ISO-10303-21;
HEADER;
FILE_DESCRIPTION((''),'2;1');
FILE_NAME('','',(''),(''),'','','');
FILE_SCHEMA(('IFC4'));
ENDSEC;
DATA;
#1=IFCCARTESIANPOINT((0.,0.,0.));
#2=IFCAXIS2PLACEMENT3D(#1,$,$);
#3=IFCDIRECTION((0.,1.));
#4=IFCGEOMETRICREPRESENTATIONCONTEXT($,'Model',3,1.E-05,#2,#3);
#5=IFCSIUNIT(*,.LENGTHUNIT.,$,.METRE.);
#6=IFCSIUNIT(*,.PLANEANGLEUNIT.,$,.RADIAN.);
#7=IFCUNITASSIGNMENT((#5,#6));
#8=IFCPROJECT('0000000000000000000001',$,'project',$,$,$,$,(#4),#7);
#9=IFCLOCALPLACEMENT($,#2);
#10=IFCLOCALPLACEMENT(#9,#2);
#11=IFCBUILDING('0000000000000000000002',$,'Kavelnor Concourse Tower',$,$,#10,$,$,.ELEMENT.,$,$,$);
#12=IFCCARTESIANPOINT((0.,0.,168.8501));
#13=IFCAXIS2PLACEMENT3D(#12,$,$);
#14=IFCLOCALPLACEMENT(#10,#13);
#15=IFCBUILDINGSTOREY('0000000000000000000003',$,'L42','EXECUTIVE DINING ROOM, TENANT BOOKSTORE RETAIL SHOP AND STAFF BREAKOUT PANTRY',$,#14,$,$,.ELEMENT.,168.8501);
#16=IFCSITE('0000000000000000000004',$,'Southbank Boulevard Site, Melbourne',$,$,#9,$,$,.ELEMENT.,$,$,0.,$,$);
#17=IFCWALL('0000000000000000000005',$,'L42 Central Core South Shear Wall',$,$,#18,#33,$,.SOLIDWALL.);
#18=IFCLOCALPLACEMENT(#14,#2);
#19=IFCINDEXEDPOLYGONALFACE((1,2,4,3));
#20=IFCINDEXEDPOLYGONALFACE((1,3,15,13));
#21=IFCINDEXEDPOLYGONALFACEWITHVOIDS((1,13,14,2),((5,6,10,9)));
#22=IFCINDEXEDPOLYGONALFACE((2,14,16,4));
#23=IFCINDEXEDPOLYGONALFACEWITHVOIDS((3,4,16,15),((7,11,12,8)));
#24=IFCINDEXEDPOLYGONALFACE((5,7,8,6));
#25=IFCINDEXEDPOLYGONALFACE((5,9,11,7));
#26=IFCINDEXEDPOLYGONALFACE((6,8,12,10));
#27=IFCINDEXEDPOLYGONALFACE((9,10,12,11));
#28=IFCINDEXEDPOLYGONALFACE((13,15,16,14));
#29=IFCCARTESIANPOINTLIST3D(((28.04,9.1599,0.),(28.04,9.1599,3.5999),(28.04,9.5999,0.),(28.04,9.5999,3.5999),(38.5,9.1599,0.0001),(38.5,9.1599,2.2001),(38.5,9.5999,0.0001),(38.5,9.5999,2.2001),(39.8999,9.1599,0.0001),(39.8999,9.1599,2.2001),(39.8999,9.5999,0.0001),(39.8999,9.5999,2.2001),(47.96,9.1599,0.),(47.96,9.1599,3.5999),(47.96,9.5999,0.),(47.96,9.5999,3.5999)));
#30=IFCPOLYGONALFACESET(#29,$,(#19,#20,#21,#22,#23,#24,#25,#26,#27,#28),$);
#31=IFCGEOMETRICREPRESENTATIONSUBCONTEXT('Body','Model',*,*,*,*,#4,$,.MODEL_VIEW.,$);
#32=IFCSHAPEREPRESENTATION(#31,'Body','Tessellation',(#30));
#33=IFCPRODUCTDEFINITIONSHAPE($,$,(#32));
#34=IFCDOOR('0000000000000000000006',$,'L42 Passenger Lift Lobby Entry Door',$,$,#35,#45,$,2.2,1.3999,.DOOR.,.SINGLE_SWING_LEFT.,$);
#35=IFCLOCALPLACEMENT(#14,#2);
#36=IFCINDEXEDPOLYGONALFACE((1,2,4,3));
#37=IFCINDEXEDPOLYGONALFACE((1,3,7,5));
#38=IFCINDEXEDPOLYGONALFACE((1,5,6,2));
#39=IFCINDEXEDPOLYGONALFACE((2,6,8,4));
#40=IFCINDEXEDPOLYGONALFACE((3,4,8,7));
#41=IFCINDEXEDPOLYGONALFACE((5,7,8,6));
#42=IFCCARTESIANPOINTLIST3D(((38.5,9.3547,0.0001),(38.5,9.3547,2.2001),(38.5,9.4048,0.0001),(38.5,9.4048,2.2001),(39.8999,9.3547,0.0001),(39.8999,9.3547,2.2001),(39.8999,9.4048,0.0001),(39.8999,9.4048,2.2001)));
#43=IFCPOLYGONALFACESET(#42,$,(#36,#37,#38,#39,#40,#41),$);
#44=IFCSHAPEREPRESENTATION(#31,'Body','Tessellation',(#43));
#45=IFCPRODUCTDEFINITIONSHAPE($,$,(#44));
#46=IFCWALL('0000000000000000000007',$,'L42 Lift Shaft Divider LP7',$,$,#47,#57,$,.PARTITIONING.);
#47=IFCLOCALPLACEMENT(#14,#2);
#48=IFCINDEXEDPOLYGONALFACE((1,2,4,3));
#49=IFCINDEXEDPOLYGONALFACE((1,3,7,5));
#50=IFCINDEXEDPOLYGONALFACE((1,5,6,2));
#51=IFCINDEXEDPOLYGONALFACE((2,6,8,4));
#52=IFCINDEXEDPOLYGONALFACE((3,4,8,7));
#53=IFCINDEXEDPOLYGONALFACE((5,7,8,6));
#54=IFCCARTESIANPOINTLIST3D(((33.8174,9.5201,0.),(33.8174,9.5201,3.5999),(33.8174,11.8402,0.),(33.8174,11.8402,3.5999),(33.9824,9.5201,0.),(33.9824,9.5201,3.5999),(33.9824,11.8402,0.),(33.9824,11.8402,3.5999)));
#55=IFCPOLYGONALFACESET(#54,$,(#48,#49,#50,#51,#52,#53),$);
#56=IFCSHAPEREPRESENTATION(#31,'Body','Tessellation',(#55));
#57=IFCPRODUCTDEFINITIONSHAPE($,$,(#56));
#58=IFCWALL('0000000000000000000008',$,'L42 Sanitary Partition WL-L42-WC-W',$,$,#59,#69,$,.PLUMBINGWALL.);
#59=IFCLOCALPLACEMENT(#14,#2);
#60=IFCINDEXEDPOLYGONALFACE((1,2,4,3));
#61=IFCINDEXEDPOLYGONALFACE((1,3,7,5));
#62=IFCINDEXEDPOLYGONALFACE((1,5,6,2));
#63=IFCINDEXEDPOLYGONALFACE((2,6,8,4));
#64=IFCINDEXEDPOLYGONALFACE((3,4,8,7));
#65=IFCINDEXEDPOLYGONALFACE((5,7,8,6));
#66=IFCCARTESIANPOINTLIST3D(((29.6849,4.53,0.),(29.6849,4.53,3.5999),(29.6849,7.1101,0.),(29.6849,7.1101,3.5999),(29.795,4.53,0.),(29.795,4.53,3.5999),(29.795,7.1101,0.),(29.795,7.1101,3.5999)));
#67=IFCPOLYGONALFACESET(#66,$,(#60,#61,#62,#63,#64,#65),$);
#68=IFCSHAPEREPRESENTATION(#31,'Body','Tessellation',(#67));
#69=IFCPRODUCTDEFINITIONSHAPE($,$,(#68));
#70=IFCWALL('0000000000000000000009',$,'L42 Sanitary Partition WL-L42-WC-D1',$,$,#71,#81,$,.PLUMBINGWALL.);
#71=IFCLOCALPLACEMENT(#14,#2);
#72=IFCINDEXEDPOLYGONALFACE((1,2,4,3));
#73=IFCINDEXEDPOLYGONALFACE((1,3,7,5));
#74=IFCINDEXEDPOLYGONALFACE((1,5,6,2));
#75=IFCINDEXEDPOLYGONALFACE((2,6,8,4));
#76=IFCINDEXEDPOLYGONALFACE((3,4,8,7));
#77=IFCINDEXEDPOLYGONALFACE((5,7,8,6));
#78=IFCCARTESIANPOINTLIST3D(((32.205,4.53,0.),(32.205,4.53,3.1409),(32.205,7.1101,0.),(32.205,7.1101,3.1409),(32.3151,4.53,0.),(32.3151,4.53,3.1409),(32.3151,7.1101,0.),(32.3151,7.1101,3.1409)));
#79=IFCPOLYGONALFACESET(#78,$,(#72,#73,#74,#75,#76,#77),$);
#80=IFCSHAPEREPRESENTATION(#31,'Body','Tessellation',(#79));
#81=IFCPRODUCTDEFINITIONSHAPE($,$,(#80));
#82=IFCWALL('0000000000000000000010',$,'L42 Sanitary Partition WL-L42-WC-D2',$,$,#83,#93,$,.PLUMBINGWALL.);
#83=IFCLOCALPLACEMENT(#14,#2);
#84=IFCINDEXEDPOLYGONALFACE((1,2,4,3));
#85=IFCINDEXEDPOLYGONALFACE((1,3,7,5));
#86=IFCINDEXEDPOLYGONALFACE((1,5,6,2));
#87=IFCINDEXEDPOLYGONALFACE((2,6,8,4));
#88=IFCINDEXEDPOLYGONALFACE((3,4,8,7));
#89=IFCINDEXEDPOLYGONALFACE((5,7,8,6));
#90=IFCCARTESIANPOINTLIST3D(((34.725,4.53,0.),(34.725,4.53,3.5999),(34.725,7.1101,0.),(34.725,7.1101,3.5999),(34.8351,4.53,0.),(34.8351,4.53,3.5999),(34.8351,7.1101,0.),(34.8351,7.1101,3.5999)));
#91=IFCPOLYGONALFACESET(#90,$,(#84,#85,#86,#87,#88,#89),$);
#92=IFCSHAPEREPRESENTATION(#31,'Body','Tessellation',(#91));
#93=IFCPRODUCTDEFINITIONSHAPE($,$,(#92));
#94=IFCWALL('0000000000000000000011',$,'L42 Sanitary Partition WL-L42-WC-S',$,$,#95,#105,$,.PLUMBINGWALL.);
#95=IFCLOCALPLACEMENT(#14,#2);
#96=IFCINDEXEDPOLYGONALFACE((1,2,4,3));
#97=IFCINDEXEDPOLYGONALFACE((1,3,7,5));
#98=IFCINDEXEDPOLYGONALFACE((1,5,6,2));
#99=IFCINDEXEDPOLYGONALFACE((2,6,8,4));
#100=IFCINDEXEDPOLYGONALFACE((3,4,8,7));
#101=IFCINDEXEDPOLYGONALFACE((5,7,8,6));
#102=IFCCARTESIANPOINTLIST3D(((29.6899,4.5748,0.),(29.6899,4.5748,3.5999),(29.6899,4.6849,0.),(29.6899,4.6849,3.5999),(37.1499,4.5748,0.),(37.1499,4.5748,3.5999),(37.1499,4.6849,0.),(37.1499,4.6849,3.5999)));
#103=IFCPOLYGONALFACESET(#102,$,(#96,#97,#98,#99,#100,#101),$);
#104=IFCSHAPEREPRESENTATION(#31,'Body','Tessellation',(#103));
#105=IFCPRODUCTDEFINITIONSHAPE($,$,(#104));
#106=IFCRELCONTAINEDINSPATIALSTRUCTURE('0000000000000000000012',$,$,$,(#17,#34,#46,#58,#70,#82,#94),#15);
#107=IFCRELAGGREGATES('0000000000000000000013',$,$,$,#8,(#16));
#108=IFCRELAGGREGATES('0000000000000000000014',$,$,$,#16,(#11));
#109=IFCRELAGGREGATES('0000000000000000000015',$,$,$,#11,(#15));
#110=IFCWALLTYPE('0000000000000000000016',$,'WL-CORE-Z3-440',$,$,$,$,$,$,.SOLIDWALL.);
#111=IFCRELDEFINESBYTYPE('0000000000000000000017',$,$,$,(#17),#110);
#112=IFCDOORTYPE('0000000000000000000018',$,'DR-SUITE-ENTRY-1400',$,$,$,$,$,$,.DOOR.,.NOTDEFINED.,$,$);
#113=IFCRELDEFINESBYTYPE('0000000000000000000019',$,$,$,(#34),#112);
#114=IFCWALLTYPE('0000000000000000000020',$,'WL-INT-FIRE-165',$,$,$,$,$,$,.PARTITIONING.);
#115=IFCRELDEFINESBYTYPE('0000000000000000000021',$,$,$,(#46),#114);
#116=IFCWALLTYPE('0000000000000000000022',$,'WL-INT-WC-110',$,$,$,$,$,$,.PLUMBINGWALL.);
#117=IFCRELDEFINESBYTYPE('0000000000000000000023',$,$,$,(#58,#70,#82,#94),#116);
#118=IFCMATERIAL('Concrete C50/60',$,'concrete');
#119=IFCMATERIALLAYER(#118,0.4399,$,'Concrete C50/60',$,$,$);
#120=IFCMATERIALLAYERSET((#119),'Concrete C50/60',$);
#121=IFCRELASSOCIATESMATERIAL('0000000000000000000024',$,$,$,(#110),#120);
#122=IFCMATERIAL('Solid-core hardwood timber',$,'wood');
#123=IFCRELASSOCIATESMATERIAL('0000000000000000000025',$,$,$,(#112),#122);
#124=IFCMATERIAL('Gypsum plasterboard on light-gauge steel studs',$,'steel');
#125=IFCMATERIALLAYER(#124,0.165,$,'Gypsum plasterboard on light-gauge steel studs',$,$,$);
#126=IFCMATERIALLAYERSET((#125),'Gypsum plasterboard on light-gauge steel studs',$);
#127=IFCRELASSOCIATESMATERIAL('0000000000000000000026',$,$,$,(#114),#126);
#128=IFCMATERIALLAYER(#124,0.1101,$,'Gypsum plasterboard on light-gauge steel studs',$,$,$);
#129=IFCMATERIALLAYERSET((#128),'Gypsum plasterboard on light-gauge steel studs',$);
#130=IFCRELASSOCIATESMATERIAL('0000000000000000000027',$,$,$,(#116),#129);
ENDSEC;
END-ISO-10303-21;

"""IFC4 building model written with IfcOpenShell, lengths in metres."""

from ifc_helpers import new_model, si_unit, direction, frame, frame_2d, origin, place, context, subcontext, project, spatial, rectangle, extrude, material, layer, layer_set, type_object, element, fill, save


model = new_model("IFC4")

# Units and contexts
model_context = context("Model", 3, precision=1e-05, world=origin(), true_north=direction((0.0, 1.0)))
body_context = subcontext(model_context, "Body", "Model", "MODEL_VIEW")
ifc_project = project(units=[si_unit("LENGTHUNIT", "METRE"), si_unit("PLANEANGLEUNIT", "RADIAN")], contexts=[model_context])

# Site, building, storey
site_placement = place(None, origin())
site = spatial("IfcSite", under=ifc_project, at=site_placement, Name="Southbank Boulevard Site, Melbourne", CompositionType="ELEMENT", RefElevation=0.0)
building_placement = place(site_placement, origin())
building = spatial("IfcBuilding", under=site, at=building_placement, Name="Kavelnor Concourse Tower", CompositionType="ELEMENT")
storey_placement = place(building_placement, frame((0.0, 0.0, 168.8501)))
storey = spatial("IfcBuildingStorey", under=building, at=storey_placement, Name="L42", Description="EXECUTIVE DINING ROOM, TENANT BOOKSTORE RETAIL SHOP AND STAFF BREAKOUT PANTRY", CompositionType="ELEMENT", Elevation=168.8501)

# Wall, opening, door
ifc_material_1 = material(Name="Concrete C50/60", Category="concrete")
ifc_layer_1 = layer(ifc_material_1, 0.4399, Name="Concrete C50/60")
ifc_layer_set_1 = layer_set([ifc_layer_1], Name="Concrete C50/60")
wall_type_1 = type_object("IfcWallType", Name="WL-CORE-Z3-440", PredefinedType="SOLIDWALL", material=ifc_layer_set_1)
wall_1_placement = place(storey_placement, frame((28.04, 9.3799, 0.0), z_axis=(0.0, 0.0, 1.0), x_axis=(1.0, 0.0, 0.0)))
wall_1 = element("IfcWall", 1, at=wall_1_placement, inside=storey, type_object=wall_type_1, Name="L42 Central Core South Shear Wall", PredefinedType="SOLIDWALL", context=body_context, shape_type="SweptSolid", body=[
    extrude(rectangle(XDim=19.9199, YDim=0.4399, at=frame_2d((9.96, 0.0))), origin(), (0.0, 0.0, 1.0), 3.5999),
])
opening_placement = place(wall_1_placement, frame((10.46, 0.0, 0.0)))
opening = element("IfcOpeningElement", 2, at=opening_placement, cuts=wall_1, PredefinedType="OPENING", context=body_context, shape_type="SweptSolid", body=[
    extrude(rectangle(XDim=1.3999, YDim=2.2, at=frame_2d((0.7, 1.1001))), frame((0.0, 0.23, 0.0), z_axis=(0.0, -1.0, 0.0), x_axis=(1.0, 0.0, 0.0)), (0.0, 0.0, 1.0), 0.46),
])
ifc_material_2 = material(Name="Solid-core hardwood timber", Category="wood")
door_type = type_object("IfcDoorType", Name="DR-SUITE-ENTRY-1400", OperationType="NOTDEFINED", PredefinedType="DOOR", material=ifc_material_2)
door_placement = place(opening_placement, origin())
door = element("IfcDoor", 3, at=door_placement, inside=storey, type_object=door_type, Name="L42 Passenger Lift Lobby Entry Door", OperationType="SINGLE_SWING_LEFT", OverallHeight=2.2, OverallWidth=1.3999, PredefinedType="DOOR", context=body_context, shape_type="SweptSolid", body=[
    extrude(rectangle(XDim=1.3999, YDim=2.2, at=frame_2d((0.7, 1.1001))), frame((0.0, 0.0249, 0.0), z_axis=(0.0, -1.0, 0.0), x_axis=(1.0, 0.0, 0.0)), (0.0, 0.0, 1.0), 0.05),
])
fill(opening, door)

# Walls
ifc_material_3 = material(Name="Gypsum plasterboard on light-gauge steel studs", Category="steel")
ifc_layer_2 = layer(ifc_material_3, 0.165, Name="Gypsum plasterboard on light-gauge steel studs")
ifc_layer_set_2 = layer_set([ifc_layer_2], Name="Gypsum plasterboard on light-gauge steel studs")
wall_type_2 = type_object("IfcWallType", Name="WL-INT-FIRE-165", PredefinedType="PARTITIONING", material=ifc_layer_set_2)
wall_2_placement = place(storey_placement, frame((33.8999, 9.52, 0.0), z_axis=(0.0, 0.0, 1.0), x_axis=(0.0, 1.0, 0.0)))
element("IfcWall", 4, at=wall_2_placement, inside=storey, type_object=wall_type_2, Name="L42 Lift Shaft Divider LP7", PredefinedType="PARTITIONING", context=body_context, shape_type="SweptSolid", body=[
    extrude(rectangle(XDim=2.3201, YDim=0.165, at=frame_2d((1.1602, 0.0))), origin(), (0.0, 0.0, 1.0), 3.5999),
])
ifc_layer_3 = layer(ifc_material_3, 0.1101, Name="Gypsum plasterboard on light-gauge steel studs")
ifc_layer_set_3 = layer_set([ifc_layer_3], Name="Gypsum plasterboard on light-gauge steel studs")
wall_type_3 = type_object("IfcWallType", Name="WL-INT-WC-110", PredefinedType="PLUMBINGWALL", material=ifc_layer_set_3)
wall_3_placement = place(storey_placement, frame((29.74, 4.53, 0.0), z_axis=(0.0, 0.0, 1.0), x_axis=(0.0, 1.0, 0.0)))
element("IfcWall", 5, at=wall_3_placement, inside=storey, type_object=wall_type_3, Name="L42 Sanitary Partition WL-L42-WC-W", PredefinedType="PLUMBINGWALL", context=body_context, shape_type="SweptSolid", body=[
    extrude(rectangle(XDim=2.5801, YDim=0.1101, at=frame_2d((1.29, 0.0))), origin(), (0.0, 0.0, 1.0), 3.5999),
])
wall_4_placement = place(storey_placement, frame((32.26, 4.53, 0.0), z_axis=(0.0, 0.0, 1.0), x_axis=(0.0, 1.0, 0.0)))
element("IfcWall", 6, at=wall_4_placement, inside=storey, type_object=wall_type_3, Name="L42 Sanitary Partition WL-L42-WC-D1", PredefinedType="PLUMBINGWALL", context=body_context, shape_type="SweptSolid", body=[
    extrude(rectangle(XDim=2.5801, YDim=0.1101, at=frame_2d((1.29, 0.0))), origin(), (0.0, 0.0, 1.0), 3.1409),
])
wall_5_placement = place(storey_placement, frame((34.78, 4.53, 0.0), z_axis=(0.0, 0.0, 1.0), x_axis=(0.0, 1.0, 0.0)))
element("IfcWall", 7, at=wall_5_placement, inside=storey, type_object=wall_type_3, Name="L42 Sanitary Partition WL-L42-WC-D2", PredefinedType="PLUMBINGWALL", context=body_context, shape_type="SweptSolid", body=[
    extrude(rectangle(XDim=2.5801, YDim=0.1101, at=frame_2d((1.29, 0.0))), origin(), (0.0, 0.0, 1.0), 3.5999),
])
wall_6_placement = place(storey_placement, frame((29.6899, 4.6299, 0.0), z_axis=(0.0, 0.0, 1.0), x_axis=(1.0, 0.0, 0.0)))
element("IfcWall", 8, at=wall_6_placement, inside=storey, type_object=wall_type_3, Name="L42 Sanitary Partition WL-L42-WC-S", PredefinedType="PLUMBINGWALL", context=body_context, shape_type="SweptSolid", body=[
    extrude(rectangle(XDim=7.46, YDim=0.1101, at=frame_2d((3.73, 0.0))), origin(), (0.0, 0.0, 1.0), 3.5999),
])

save(model, "model.ifc")
